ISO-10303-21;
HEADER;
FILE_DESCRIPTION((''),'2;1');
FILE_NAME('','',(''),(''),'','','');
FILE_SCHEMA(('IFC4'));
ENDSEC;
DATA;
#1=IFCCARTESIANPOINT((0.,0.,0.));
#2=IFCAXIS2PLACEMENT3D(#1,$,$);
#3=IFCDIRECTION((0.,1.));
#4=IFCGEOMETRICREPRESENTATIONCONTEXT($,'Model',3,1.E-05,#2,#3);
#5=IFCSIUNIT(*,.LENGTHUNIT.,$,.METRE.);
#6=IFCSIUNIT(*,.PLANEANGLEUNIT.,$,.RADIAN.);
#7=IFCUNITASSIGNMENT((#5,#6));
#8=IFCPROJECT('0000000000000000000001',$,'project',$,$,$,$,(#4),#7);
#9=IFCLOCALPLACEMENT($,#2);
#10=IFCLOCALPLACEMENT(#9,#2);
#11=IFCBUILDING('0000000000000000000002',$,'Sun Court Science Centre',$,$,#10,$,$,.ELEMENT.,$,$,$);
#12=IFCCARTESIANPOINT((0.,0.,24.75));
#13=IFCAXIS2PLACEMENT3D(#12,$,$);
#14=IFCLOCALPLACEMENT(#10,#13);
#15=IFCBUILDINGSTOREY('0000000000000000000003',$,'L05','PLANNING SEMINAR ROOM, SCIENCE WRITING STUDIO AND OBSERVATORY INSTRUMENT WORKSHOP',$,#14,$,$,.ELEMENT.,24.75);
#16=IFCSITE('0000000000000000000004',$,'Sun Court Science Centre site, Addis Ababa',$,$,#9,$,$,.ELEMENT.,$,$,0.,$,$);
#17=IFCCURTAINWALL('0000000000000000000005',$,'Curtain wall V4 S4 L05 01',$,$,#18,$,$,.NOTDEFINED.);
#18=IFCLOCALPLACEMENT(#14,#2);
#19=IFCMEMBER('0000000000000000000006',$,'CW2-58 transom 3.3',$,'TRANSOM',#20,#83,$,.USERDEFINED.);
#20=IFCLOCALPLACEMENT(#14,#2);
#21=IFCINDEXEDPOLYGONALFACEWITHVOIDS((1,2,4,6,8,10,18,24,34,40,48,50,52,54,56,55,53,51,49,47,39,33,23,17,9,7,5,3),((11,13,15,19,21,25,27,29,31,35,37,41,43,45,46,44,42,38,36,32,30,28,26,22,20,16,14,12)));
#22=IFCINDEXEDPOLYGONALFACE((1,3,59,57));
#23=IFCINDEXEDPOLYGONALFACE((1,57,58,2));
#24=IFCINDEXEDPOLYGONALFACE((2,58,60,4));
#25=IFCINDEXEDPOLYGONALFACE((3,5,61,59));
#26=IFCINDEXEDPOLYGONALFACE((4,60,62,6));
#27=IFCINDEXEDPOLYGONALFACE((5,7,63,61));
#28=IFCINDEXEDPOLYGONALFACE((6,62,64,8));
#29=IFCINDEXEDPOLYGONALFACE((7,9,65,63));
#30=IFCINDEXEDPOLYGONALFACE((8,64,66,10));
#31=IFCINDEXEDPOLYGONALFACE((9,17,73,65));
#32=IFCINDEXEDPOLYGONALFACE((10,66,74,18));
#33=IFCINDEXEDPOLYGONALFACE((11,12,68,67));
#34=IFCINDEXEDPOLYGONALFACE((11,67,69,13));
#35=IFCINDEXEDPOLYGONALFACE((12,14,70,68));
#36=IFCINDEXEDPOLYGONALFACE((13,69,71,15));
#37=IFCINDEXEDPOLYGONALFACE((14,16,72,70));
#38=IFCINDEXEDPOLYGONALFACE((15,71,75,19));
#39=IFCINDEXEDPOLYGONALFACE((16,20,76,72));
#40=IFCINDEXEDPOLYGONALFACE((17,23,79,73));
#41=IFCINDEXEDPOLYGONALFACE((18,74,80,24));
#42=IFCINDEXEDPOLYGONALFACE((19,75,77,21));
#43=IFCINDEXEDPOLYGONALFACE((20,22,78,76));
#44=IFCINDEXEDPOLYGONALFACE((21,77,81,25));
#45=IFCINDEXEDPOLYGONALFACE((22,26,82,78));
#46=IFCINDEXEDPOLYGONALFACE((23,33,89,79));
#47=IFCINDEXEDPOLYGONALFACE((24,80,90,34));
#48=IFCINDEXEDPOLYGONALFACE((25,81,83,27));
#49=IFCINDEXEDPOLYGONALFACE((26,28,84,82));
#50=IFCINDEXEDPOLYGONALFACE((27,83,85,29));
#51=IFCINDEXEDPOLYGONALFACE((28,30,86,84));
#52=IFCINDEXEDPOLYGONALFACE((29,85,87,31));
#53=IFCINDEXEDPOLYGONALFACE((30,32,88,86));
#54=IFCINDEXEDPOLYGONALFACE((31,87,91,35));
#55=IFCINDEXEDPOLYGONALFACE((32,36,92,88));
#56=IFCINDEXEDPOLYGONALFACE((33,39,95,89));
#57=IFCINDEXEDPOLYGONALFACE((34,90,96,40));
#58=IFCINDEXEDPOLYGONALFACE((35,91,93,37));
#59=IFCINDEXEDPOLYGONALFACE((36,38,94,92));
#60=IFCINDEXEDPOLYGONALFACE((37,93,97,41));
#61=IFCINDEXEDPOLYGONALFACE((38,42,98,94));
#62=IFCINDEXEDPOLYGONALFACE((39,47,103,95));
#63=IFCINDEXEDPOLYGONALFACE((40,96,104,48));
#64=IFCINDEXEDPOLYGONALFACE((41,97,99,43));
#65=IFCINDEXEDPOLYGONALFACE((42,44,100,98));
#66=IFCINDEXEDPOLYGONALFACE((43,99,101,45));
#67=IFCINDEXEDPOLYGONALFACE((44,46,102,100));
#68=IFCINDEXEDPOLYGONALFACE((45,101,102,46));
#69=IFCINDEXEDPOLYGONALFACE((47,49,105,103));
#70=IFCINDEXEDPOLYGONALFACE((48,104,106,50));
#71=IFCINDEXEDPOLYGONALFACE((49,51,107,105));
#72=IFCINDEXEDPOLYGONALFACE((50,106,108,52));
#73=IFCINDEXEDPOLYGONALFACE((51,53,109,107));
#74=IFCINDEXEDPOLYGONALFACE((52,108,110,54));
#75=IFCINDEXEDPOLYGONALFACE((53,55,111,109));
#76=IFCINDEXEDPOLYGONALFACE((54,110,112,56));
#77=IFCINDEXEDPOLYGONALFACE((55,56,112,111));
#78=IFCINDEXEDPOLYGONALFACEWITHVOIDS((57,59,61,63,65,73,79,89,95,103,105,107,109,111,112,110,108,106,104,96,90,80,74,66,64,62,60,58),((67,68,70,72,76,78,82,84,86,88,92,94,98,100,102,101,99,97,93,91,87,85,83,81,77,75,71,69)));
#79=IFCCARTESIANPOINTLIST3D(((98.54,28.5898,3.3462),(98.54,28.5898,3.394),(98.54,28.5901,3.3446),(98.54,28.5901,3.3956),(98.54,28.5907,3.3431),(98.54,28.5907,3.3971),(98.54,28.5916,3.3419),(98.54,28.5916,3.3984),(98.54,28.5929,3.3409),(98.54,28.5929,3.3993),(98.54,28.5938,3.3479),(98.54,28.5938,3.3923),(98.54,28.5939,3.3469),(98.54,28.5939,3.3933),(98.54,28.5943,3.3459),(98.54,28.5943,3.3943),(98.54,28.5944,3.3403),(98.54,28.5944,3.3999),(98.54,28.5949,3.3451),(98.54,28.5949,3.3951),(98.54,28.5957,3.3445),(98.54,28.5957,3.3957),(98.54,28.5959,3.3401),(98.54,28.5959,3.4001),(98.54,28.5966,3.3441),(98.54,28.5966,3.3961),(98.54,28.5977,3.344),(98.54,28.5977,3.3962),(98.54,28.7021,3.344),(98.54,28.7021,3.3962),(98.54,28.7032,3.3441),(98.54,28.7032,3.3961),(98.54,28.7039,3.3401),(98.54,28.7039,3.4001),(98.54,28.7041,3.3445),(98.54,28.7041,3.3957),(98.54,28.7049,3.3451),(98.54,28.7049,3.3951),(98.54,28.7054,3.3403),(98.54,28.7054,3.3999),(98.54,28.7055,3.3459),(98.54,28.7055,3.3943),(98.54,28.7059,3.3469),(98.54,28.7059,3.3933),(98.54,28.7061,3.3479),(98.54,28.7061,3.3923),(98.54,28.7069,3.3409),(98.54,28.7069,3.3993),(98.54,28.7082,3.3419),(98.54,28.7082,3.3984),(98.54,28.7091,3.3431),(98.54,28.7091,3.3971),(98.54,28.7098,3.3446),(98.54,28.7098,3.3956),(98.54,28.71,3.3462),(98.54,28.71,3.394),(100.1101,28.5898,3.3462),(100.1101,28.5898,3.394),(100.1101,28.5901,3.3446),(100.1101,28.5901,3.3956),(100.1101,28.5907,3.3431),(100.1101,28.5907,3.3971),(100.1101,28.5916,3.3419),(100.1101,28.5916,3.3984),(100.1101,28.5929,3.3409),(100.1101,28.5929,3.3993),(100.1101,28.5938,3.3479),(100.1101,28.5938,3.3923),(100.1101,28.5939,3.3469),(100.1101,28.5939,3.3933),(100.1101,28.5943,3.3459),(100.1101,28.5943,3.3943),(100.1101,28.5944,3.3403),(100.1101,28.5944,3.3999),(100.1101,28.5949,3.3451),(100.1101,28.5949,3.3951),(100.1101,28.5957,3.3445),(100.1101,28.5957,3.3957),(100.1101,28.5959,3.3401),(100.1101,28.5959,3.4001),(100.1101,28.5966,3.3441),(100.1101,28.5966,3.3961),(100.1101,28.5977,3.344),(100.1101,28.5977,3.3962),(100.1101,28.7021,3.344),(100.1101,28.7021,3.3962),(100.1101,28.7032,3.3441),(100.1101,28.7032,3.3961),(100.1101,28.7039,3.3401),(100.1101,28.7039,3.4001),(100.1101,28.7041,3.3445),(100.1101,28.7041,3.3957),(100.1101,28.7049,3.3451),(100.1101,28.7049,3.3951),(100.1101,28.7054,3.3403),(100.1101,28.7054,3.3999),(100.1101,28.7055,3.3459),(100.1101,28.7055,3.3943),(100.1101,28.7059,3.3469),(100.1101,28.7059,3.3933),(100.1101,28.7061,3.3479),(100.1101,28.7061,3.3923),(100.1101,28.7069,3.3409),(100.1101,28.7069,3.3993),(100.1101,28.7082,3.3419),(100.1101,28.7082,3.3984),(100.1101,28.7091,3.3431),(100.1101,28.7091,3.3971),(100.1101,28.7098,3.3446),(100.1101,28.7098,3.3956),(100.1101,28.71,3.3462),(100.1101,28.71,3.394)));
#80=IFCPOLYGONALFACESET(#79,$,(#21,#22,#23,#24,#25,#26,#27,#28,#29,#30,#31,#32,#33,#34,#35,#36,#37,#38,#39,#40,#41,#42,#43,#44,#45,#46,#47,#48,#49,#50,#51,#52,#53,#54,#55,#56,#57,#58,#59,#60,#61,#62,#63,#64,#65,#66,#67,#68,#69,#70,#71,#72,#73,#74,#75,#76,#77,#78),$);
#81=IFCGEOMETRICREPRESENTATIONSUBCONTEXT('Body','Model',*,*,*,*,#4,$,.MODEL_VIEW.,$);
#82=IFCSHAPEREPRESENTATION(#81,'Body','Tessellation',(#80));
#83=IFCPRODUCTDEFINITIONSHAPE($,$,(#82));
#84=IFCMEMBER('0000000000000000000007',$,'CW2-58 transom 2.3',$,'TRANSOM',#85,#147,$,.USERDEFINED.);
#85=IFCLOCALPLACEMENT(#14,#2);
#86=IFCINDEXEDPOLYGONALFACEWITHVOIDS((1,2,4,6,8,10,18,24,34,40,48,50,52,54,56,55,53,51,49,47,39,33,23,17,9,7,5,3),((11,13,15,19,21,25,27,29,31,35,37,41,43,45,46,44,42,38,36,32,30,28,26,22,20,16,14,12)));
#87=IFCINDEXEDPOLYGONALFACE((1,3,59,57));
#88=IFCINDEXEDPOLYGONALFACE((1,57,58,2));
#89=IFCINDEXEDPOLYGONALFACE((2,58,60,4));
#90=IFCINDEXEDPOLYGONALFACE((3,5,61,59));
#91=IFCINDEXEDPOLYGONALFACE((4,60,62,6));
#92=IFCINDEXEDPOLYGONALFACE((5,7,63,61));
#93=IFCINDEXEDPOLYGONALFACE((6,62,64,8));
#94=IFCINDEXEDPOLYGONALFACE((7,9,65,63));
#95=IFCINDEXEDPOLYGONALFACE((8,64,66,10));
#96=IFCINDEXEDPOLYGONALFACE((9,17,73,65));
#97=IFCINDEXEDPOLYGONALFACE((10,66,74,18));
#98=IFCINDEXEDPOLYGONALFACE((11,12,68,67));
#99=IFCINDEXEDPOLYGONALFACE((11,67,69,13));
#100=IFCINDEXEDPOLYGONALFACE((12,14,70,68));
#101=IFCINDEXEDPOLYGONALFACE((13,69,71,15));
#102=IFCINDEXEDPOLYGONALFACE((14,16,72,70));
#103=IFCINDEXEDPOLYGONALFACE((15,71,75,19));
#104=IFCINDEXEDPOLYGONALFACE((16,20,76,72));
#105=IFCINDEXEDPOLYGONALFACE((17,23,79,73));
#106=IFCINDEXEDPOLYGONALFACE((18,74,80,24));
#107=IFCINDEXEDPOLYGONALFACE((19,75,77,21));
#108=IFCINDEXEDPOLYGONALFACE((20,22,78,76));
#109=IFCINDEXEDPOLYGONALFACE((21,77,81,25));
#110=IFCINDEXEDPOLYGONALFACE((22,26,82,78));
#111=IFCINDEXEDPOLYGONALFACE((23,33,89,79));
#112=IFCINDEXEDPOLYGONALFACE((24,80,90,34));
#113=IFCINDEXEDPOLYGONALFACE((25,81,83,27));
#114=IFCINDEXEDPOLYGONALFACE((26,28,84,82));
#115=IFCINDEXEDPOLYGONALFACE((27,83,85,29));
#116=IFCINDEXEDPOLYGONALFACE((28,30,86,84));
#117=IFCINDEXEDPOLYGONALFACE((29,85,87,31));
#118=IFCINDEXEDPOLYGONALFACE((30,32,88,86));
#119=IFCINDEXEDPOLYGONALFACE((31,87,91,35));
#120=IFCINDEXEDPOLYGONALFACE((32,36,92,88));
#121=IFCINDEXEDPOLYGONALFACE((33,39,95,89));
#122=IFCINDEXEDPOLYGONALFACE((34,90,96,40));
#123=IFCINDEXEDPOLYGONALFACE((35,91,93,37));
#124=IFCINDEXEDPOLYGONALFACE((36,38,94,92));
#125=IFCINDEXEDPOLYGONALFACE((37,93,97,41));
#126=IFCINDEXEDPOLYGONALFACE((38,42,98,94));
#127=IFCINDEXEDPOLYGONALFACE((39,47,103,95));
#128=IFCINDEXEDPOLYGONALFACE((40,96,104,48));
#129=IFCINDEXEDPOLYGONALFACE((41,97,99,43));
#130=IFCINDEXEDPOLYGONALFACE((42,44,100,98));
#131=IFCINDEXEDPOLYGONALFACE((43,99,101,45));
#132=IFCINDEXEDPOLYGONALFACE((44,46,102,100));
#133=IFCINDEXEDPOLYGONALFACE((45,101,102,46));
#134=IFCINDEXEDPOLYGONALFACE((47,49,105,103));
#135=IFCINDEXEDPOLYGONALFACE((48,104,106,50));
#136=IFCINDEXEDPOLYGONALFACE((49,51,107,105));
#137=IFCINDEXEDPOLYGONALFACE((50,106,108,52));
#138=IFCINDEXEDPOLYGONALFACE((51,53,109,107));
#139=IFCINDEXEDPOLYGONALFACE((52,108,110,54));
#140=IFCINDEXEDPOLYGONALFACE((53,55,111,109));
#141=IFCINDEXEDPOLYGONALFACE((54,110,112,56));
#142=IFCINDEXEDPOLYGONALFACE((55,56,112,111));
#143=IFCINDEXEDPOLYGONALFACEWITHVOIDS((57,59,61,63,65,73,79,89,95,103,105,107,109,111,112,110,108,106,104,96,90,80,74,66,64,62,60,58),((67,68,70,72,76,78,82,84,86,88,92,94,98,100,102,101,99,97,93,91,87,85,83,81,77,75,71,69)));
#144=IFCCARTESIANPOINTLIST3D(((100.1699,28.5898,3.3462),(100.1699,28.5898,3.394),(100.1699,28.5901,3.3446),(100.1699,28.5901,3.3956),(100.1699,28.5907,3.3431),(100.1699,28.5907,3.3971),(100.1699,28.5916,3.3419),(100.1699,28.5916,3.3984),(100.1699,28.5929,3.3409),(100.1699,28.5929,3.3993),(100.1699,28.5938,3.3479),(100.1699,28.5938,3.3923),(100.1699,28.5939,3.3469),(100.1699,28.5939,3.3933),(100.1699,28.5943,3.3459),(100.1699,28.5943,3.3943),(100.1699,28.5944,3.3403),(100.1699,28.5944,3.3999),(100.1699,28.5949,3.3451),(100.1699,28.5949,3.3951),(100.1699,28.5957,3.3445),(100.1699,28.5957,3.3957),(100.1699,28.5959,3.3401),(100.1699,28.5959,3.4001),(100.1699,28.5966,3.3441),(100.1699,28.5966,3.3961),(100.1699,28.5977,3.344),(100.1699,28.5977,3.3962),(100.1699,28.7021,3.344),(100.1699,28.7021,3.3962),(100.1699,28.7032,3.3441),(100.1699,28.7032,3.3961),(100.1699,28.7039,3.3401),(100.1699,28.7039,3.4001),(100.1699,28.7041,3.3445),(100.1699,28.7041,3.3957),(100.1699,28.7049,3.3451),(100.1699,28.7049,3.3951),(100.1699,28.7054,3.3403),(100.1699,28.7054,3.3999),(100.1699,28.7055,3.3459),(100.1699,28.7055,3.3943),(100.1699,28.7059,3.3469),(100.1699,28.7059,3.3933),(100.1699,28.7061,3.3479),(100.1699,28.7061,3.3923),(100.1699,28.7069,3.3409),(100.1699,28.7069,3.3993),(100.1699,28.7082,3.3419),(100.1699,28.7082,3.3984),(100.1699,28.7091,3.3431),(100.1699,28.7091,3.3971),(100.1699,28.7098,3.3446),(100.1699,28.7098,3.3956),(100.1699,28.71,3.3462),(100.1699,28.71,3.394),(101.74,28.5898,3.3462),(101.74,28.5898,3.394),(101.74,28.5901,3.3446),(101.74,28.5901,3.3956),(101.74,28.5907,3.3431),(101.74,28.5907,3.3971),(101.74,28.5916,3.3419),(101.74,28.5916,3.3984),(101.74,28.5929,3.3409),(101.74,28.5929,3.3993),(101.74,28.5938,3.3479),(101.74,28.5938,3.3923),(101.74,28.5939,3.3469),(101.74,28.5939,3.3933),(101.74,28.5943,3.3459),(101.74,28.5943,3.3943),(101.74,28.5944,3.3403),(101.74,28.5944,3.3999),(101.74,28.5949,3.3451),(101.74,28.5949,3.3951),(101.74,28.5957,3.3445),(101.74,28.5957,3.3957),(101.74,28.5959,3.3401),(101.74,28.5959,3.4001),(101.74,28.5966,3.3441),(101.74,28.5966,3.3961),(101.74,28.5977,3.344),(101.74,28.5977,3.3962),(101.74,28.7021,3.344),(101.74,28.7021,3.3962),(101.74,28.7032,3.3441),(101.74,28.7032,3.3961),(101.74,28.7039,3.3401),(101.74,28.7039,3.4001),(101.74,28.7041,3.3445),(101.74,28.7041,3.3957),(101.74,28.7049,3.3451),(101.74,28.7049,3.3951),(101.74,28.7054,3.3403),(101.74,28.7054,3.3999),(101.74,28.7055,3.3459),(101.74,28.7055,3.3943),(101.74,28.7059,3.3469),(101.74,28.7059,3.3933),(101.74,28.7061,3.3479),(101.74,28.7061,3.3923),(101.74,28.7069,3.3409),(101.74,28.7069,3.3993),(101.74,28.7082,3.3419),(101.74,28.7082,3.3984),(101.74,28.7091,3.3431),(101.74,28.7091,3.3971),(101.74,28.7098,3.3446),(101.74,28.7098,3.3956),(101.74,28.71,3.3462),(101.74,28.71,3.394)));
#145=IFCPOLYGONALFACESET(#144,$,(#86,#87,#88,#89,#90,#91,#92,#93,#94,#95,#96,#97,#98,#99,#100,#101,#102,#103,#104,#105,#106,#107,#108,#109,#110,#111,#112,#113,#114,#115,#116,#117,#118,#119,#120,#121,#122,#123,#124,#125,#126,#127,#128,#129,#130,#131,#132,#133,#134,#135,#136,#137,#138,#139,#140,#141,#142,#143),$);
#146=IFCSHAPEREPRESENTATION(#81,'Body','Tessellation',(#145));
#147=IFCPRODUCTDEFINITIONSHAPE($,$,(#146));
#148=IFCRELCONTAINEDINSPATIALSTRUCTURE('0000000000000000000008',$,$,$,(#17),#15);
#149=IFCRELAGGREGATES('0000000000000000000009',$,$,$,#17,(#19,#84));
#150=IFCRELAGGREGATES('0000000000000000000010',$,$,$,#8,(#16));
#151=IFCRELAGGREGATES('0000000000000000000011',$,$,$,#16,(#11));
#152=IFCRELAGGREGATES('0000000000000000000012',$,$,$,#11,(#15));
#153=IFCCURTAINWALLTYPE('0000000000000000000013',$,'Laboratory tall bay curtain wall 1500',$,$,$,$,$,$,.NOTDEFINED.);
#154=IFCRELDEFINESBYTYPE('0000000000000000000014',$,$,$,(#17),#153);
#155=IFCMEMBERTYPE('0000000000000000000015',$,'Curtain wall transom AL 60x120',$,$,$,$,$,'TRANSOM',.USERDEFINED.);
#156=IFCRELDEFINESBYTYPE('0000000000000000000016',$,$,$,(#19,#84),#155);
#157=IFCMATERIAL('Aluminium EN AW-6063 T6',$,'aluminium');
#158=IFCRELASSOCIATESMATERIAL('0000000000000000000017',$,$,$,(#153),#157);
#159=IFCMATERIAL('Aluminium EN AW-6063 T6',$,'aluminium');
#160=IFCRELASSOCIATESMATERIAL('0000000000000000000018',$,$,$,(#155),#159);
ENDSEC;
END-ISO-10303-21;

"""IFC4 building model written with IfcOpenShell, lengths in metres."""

from ifc_helpers import new_model, si_unit, direction, frame, origin, origin_2d, place, context, subcontext, project, spatial, hollow_rectangle, extrude, material, material_profile, profile_set, type_object, element, aggregate, save


model = new_model("IFC4")

# Units and contexts
model_context = context("Model", 3, precision=1e-05, world=origin(), true_north=direction((0.0, 1.0)))
body_context = subcontext(model_context, "Body", "Model", "MODEL_VIEW")
ifc_project = project(units=[si_unit("LENGTHUNIT", "METRE"), si_unit("PLANEANGLEUNIT", "RADIAN")], contexts=[model_context])

# Site, building, storey
site_placement = place(None, origin())
site = spatial("IfcSite", under=ifc_project, at=site_placement, Name="Sun Court Science Centre site, Addis Ababa", CompositionType="ELEMENT", RefElevation=0.0)
building_placement = place(site_placement, origin())
building = spatial("IfcBuilding", under=site, at=building_placement, Name="Sun Court Science Centre", CompositionType="ELEMENT")
storey_placement = place(building_placement, frame((0.0, 0.0, 24.75)))
storey = spatial("IfcBuildingStorey", under=building, at=storey_placement, Name="L05", Description="PLANNING SEMINAR ROOM, SCIENCE WRITING STUDIO AND OBSERVATORY INSTRUMENT WORKSHOP", CompositionType="ELEMENT", Elevation=24.75)

# Curtain wall
ifc_material_1 = material(Name="Aluminium EN AW-6063 T6", Category="aluminium")
curtain_wall_type = type_object("IfcCurtainWallType", Name="Laboratory tall bay curtain wall 1500", PredefinedType="NOTDEFINED", material=ifc_material_1)
curtain_wall_1_placement = place(storey_placement, origin())
curtain_wall_1 = element("IfcCurtainWall", 1, at=curtain_wall_1_placement, inside=storey, type_object=curtain_wall_type, Name="Curtain wall V4 S4 L05 01", PredefinedType="NOTDEFINED")

# Members
ifc_material_2 = material(Name="Aluminium EN AW-6063 T6", Category="aluminium")
ifc_material_profile_1 = material_profile(ifc_material_2, hollow_rectangle(XDim=0.0601, YDim=0.1201, WallThickness=0.0039, InnerFilletRadius=0.0039, OuterFilletRadius=0.0061, at=origin_2d()), Name="AL 60x120x4")
ifc_profile_set_1 = profile_set([ifc_material_profile_1], Name="Aluminium EN AW-6063 T6")
member_type_1 = type_object("IfcMemberType", Name="Curtain wall transom AL 60x120", ElementType="TRANSOM", PredefinedType="USERDEFINED", material=ifc_profile_set_1)
member_1_placement = place(storey_placement, frame((100.1101, 28.6499, 3.3701), z_axis=(-1.0, 0.0, 0.0), x_axis=(0.0, 0.0, 1.0)))
member_1 = element("IfcMember", 2, at=member_1_placement, type_object=member_type_1, Name="CW2-58 transom 3.3", ObjectType="TRANSOM", PredefinedType="USERDEFINED", context=body_context, shape_type="SweptSolid", body=[
    extrude(hollow_rectangle(XDim=0.0601, YDim=0.1201, WallThickness=0.0039, InnerFilletRadius=0.0039, OuterFilletRadius=0.0061, at=origin_2d()), origin(), (0.0, 0.0, 1.0), 1.5701),
])
member_2_placement = place(storey_placement, frame((101.74, 28.6499, 3.3701), z_axis=(-1.0, 0.0, 0.0), x_axis=(0.0, 0.0, 1.0)))
member_2 = element("IfcMember", 3, at=member_2_placement, type_object=member_type_1, Name="CW2-58 transom 2.3", ObjectType="TRANSOM", PredefinedType="USERDEFINED", context=body_context, shape_type="SweptSolid", body=[
    extrude(hollow_rectangle(XDim=0.0601, YDim=0.1201, WallThickness=0.0039, InnerFilletRadius=0.0039, OuterFilletRadius=0.0061, at=origin_2d()), origin(), (0.0, 0.0, 1.0), 1.5701),
])

aggregate(curtain_wall_1, [member_1, member_2])

save(model, "model.ifc")
